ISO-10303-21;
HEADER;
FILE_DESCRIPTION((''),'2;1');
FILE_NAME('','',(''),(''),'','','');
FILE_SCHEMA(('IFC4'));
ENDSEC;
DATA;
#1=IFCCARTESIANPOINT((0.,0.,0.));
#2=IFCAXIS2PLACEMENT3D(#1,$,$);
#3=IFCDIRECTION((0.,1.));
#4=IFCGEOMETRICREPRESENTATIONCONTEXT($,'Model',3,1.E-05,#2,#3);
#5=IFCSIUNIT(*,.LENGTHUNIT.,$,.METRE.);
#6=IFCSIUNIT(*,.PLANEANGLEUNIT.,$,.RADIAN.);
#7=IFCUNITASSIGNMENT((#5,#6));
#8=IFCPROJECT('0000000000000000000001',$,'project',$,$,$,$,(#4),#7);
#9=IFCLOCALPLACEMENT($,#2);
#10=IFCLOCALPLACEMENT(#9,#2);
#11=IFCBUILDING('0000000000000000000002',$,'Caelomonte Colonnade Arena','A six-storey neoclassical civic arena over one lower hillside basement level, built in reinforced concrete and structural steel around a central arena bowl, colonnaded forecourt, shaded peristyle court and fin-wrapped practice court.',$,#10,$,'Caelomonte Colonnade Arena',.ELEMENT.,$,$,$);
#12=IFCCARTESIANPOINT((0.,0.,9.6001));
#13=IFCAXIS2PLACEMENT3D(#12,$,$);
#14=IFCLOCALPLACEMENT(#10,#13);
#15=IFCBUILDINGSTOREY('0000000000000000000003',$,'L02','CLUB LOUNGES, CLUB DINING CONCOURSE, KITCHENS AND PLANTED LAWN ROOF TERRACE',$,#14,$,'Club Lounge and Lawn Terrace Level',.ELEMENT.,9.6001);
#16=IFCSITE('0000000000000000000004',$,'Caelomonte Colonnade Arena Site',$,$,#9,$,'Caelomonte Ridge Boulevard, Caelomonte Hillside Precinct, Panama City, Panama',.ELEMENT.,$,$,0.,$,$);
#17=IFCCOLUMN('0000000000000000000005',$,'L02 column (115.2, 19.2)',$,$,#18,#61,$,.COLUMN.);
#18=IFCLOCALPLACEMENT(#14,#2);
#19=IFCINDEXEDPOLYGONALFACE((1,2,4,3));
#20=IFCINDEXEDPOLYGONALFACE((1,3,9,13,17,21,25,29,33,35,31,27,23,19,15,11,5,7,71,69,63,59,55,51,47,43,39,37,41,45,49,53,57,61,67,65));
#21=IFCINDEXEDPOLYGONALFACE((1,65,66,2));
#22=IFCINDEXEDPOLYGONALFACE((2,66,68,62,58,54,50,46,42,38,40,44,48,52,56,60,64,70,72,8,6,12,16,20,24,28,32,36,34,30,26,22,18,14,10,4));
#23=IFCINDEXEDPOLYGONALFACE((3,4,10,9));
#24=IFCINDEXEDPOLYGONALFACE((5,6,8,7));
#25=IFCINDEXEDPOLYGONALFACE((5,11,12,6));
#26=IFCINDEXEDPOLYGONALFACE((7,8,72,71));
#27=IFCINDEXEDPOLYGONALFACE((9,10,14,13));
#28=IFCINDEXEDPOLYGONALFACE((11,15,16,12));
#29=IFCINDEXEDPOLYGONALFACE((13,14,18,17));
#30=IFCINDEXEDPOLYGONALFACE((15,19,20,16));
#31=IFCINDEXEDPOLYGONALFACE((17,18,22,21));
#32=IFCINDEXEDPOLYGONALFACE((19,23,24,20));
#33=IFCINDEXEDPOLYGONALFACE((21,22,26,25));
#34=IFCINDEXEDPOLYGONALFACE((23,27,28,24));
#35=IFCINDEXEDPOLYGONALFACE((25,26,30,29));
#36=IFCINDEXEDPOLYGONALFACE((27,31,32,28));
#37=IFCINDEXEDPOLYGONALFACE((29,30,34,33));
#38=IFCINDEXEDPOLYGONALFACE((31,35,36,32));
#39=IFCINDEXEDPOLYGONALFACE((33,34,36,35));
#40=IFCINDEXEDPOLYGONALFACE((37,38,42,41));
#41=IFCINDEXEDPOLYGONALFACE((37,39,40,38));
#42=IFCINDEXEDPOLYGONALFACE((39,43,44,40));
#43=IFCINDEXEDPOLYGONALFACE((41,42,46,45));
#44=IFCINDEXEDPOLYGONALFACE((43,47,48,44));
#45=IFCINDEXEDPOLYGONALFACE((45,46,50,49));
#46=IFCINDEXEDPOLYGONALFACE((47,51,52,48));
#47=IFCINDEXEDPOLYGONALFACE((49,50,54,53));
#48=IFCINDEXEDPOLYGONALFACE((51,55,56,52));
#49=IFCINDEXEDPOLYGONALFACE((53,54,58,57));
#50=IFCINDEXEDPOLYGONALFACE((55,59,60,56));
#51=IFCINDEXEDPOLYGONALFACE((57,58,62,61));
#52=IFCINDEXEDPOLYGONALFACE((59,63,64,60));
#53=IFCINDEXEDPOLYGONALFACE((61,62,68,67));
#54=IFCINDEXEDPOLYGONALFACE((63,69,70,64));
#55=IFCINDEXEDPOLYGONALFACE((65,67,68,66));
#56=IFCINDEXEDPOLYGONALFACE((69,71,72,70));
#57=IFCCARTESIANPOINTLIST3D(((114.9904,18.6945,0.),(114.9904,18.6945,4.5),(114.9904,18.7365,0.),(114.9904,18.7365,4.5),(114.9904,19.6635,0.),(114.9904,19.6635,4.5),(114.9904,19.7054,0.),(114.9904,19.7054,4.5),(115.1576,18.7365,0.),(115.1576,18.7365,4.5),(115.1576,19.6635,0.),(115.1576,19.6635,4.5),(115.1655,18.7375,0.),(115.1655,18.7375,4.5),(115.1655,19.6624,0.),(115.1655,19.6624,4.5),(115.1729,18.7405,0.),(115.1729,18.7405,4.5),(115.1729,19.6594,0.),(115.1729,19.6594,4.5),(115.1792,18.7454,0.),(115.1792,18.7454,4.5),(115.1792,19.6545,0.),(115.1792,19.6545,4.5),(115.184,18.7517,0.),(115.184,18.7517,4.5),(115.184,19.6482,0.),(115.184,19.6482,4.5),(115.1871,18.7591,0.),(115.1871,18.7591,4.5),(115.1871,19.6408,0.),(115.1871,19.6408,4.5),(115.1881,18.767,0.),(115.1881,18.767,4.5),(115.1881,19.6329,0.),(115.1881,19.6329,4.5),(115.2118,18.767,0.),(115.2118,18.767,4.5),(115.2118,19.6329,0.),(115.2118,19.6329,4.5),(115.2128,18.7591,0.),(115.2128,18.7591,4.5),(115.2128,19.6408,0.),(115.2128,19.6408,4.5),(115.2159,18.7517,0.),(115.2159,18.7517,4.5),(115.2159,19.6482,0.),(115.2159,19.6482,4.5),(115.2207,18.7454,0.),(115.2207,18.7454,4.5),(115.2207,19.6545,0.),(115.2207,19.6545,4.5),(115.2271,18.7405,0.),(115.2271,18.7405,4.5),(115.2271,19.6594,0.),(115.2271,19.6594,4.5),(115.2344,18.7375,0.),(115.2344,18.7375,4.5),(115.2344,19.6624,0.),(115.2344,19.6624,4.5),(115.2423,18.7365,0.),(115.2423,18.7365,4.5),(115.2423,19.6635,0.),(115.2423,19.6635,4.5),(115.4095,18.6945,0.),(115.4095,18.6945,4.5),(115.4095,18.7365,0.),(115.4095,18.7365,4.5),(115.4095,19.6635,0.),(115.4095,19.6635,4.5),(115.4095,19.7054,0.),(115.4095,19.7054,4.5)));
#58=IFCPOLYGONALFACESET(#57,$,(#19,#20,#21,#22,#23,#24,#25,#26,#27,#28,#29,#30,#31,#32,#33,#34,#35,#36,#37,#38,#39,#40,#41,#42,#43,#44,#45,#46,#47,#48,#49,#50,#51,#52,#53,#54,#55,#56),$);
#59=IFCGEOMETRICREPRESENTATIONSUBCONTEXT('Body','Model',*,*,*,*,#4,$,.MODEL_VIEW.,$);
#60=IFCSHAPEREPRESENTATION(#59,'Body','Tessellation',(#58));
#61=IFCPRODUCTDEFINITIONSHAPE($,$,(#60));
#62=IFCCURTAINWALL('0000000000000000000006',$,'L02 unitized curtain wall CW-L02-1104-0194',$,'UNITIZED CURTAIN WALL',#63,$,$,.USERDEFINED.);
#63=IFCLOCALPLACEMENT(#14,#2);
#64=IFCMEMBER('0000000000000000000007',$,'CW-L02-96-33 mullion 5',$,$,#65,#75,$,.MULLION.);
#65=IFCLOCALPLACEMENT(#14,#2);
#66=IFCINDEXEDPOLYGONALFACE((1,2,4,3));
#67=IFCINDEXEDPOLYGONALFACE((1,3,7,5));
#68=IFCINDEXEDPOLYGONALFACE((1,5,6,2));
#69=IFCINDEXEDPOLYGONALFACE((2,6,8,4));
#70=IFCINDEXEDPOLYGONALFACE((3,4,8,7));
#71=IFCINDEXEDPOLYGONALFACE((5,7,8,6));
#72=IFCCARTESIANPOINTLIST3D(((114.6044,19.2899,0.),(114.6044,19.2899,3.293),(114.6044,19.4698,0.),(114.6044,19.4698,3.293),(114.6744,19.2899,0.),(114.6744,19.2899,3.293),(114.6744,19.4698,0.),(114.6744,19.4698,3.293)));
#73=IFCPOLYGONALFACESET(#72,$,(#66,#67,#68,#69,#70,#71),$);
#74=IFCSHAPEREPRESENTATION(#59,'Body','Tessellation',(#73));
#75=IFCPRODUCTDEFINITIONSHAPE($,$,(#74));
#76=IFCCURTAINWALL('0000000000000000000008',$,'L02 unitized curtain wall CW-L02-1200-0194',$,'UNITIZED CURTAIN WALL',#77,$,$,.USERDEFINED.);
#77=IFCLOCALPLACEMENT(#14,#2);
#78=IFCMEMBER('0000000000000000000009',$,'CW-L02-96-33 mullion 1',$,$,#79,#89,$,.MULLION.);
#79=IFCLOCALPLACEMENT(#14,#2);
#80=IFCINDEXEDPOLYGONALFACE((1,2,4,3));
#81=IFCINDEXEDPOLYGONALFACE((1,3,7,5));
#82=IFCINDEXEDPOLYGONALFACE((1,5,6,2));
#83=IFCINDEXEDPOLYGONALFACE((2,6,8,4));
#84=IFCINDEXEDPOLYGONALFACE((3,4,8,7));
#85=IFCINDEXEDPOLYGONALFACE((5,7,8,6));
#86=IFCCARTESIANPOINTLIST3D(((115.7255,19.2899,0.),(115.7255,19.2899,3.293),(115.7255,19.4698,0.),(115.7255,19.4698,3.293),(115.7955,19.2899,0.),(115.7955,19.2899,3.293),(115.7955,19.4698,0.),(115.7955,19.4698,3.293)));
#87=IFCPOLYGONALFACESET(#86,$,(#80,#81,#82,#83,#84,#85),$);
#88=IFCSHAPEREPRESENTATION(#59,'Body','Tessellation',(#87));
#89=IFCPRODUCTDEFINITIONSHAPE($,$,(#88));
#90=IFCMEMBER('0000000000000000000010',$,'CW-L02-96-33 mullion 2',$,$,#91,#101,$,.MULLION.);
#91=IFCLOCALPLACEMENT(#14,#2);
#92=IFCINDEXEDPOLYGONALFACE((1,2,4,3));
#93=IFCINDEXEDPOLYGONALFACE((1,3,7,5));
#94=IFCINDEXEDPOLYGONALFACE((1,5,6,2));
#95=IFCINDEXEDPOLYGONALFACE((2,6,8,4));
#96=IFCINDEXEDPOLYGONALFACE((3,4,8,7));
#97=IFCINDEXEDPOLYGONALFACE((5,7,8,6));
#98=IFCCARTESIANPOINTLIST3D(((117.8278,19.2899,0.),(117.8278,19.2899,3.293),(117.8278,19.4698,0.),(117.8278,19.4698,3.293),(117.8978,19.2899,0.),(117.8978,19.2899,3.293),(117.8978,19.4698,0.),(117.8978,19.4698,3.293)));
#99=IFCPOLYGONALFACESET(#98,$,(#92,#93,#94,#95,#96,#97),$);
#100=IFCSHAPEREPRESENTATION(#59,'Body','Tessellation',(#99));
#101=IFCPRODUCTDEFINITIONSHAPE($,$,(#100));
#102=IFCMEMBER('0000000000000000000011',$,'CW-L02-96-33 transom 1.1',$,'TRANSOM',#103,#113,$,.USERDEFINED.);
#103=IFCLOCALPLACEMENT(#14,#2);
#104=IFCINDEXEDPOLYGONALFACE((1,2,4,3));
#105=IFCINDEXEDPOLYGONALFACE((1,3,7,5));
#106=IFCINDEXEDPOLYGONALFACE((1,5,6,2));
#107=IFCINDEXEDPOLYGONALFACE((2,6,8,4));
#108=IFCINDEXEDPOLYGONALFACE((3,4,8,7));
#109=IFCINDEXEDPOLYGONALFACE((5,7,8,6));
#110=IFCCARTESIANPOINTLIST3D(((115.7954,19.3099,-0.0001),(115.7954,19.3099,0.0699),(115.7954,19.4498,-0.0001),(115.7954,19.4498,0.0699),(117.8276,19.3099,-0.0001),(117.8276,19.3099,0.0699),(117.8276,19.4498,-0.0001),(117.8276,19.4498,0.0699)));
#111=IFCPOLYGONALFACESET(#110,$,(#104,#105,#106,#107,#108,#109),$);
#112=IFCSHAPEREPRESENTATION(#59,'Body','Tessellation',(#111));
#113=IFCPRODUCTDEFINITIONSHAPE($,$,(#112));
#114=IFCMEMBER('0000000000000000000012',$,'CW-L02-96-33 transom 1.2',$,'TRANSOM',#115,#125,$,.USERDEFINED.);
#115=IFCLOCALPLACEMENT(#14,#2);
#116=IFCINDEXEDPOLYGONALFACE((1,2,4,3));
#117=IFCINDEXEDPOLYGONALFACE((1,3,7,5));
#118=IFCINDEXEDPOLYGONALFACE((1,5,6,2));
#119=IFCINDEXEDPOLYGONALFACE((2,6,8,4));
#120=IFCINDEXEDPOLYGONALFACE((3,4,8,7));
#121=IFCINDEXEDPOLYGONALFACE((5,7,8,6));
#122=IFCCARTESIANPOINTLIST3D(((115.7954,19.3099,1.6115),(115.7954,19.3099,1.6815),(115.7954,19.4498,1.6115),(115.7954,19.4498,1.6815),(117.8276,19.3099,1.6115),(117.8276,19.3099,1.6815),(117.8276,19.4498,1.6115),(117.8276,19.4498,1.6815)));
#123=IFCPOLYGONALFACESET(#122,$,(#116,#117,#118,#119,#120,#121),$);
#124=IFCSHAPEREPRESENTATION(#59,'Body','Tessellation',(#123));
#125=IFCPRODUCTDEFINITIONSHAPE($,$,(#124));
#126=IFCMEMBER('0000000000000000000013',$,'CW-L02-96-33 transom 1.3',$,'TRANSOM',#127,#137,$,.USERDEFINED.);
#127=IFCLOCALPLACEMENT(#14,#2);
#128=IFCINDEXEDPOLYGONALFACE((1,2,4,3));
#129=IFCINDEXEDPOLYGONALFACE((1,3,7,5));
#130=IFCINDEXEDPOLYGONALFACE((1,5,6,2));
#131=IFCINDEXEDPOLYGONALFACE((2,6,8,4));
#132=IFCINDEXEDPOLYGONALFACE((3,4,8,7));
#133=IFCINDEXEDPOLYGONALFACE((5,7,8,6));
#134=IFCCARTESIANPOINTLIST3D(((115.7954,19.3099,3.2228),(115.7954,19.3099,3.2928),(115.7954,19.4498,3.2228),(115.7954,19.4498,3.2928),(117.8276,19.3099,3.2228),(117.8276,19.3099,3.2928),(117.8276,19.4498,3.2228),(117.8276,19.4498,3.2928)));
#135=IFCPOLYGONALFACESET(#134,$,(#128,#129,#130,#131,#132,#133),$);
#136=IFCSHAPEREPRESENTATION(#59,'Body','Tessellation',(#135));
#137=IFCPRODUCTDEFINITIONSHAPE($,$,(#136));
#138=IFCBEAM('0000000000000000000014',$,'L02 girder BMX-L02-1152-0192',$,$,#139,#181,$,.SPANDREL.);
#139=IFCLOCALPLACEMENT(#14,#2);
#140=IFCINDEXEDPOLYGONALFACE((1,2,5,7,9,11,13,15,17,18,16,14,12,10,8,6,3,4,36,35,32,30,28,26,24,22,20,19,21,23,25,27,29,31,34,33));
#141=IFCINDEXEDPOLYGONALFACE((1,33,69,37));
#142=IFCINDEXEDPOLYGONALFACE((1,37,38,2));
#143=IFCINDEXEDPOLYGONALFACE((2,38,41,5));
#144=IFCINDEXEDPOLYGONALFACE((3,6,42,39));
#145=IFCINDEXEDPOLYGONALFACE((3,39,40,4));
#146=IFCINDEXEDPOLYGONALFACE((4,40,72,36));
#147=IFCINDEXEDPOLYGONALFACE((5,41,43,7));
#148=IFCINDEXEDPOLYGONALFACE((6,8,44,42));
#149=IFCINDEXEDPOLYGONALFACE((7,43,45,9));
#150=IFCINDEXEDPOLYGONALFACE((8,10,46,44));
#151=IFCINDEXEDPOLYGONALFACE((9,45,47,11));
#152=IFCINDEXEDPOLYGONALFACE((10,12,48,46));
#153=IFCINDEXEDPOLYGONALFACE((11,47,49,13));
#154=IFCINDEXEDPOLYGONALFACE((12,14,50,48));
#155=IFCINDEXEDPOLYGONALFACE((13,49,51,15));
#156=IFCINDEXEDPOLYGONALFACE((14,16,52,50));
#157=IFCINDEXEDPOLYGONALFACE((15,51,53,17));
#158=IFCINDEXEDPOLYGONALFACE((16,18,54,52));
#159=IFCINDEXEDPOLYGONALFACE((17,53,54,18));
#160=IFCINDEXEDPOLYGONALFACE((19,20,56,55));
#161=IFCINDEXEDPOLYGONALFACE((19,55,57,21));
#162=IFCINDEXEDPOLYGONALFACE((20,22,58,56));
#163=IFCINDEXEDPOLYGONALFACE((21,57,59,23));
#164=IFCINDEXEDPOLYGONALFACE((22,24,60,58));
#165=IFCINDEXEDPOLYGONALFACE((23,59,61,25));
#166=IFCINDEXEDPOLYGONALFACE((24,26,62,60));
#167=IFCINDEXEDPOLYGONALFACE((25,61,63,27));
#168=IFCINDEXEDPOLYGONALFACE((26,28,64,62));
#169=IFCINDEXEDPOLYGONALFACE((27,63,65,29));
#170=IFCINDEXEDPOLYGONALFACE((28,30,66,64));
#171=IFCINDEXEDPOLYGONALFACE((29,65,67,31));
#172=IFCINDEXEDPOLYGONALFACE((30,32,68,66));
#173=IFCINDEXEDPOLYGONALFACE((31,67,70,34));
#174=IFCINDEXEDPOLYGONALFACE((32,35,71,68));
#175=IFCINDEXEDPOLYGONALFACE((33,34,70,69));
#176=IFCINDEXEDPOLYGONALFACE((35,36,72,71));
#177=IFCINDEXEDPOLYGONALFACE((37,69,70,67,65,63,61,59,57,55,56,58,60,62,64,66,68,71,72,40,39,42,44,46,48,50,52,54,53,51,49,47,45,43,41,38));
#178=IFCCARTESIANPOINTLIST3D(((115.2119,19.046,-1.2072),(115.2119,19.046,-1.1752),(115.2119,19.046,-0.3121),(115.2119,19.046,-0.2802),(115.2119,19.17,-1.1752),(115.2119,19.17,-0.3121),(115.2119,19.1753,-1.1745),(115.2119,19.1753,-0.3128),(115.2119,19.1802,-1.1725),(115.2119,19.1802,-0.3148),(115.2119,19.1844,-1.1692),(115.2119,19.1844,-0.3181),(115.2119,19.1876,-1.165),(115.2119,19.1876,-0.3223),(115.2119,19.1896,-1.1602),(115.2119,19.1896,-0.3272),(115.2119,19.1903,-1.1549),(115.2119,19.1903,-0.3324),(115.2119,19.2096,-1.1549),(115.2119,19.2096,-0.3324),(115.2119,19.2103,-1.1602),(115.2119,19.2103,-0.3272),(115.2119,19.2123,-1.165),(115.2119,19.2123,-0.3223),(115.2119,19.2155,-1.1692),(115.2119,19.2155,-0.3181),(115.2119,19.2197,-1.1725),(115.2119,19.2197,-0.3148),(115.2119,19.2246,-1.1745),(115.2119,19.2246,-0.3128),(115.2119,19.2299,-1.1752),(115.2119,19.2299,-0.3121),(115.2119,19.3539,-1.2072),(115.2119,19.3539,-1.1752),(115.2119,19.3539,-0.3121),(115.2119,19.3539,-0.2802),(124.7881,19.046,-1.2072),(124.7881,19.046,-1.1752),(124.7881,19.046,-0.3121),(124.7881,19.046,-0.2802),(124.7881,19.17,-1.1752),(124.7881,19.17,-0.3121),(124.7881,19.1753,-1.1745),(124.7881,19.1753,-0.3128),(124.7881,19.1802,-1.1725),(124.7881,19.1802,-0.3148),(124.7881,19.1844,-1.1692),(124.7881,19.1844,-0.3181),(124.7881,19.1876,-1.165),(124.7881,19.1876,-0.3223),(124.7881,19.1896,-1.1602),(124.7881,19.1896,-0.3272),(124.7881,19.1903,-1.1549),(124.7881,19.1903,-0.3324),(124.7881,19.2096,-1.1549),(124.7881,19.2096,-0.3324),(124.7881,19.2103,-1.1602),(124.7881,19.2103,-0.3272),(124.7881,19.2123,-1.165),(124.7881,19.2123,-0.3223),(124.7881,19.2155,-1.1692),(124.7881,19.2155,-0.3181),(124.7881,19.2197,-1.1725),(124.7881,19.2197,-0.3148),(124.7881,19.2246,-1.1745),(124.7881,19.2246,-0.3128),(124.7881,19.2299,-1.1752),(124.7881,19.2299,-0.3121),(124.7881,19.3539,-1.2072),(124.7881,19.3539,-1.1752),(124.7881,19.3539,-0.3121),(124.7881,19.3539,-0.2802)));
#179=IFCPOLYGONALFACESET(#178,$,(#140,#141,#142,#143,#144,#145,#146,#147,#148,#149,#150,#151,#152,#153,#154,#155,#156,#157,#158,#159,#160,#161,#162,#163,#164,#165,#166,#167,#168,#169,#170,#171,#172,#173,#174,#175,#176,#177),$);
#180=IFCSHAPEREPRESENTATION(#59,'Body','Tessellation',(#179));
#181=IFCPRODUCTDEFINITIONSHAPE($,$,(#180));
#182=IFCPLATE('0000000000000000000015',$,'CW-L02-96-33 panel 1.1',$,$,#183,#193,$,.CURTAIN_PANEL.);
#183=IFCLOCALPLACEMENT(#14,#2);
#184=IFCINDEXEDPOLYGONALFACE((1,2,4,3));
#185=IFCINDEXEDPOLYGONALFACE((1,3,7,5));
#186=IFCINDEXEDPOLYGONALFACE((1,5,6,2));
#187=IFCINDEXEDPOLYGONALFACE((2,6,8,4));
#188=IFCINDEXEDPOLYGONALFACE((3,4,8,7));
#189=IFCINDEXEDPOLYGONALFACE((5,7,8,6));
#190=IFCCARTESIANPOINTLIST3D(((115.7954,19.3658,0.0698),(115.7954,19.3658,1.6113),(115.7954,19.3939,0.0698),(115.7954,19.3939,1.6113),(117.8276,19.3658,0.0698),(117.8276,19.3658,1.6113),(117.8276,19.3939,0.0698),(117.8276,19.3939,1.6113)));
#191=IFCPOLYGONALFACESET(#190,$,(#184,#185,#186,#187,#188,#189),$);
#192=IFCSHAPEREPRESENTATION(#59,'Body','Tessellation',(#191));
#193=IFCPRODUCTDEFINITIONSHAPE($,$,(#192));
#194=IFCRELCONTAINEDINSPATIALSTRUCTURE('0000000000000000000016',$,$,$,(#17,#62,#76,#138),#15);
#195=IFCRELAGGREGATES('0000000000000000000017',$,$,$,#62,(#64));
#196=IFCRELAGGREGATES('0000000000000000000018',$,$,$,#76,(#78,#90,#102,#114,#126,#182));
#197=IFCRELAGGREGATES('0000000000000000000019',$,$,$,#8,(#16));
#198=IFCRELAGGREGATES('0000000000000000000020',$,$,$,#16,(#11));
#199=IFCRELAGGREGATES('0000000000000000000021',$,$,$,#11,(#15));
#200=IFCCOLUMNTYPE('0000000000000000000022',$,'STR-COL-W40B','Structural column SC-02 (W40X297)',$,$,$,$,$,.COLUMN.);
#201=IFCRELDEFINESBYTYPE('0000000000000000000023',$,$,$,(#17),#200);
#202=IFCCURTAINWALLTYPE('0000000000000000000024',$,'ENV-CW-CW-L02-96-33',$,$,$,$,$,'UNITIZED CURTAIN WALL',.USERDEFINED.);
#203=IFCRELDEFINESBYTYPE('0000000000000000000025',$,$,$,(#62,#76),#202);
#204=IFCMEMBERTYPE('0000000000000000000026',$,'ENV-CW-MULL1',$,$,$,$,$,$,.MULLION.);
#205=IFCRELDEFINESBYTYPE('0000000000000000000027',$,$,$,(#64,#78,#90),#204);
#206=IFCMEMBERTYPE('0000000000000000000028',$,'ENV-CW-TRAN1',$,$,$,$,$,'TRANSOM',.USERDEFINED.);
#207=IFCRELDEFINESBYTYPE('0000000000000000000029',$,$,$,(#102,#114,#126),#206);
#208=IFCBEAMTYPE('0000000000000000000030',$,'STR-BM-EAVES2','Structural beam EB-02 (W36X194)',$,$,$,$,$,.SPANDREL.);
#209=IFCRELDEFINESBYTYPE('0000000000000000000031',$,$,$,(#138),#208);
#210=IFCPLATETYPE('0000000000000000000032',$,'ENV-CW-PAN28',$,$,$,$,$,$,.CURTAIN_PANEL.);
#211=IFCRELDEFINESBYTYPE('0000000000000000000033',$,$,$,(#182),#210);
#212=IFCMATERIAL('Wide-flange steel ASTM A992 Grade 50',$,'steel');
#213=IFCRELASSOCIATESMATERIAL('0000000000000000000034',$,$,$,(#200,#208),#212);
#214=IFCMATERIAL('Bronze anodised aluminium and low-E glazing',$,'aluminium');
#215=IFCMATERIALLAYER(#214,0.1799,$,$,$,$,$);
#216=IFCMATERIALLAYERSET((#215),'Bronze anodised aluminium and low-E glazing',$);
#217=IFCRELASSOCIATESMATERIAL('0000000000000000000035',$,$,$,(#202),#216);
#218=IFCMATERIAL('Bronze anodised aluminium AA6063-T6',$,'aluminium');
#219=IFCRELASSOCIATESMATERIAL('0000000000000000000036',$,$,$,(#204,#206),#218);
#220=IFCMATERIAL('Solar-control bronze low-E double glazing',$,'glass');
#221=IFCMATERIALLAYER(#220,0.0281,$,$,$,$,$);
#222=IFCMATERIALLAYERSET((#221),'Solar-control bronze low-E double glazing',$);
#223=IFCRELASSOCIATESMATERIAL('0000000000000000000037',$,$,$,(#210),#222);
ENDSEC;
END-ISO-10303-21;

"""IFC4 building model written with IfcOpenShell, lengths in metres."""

from ifc_helpers import new_model, si_unit, direction, frame, origin, origin_2d, place, context, subcontext, project, spatial, rectangle, i_section, extrude, material, layer, layer_set, material_profile, profile_set, type_object, element, aggregate, save


model = new_model("IFC4")

# Units and contexts
model_context = context("Model", 3, precision=1e-05, world=origin(), true_north=direction((0.0, 1.0)))
body_context = subcontext(model_context, "Body", "Model", "MODEL_VIEW")
ifc_project = project(units=[si_unit("LENGTHUNIT", "METRE"), si_unit("PLANEANGLEUNIT", "RADIAN")], contexts=[model_context])

# Site, building, storey
site_placement = place(None, origin())
site = spatial("IfcSite", under=ifc_project, at=site_placement, Name="Caelomonte Colonnade Arena Site", LongName="Caelomonte Ridge Boulevard, Caelomonte Hillside Precinct, Panama City, Panama", CompositionType="ELEMENT", RefElevation=0.0)
building_placement = place(site_placement, origin())
building = spatial("IfcBuilding", under=site, at=building_placement, Name="Caelomonte Colonnade Arena", Description="A six-storey neoclassical civic arena over one lower hillside basement level, built in reinforced concrete and structural steel around a central arena bowl, colonnaded forecourt, shaded peristyle court and fin-wrapped practice court.", LongName="Caelomonte Colonnade Arena", CompositionType="ELEMENT")
storey_placement = place(building_placement, frame((0.0, 0.0, 9.6001)))
storey = spatial("IfcBuildingStorey", under=building, at=storey_placement, Name="L02", Description="CLUB LOUNGES, CLUB DINING CONCOURSE, KITCHENS AND PLANTED LAWN ROOF TERRACE", LongName="Club Lounge and Lawn Terrace Level", CompositionType="ELEMENT", Elevation=9.6001)

# Column
ifc_material_1 = material(Name="Wide-flange steel ASTM A992 Grade 50", Category="steel")
ifc_material_profile_1 = material_profile(ifc_material_1, i_section(OverallWidth=0.4192, OverallDepth=1.011, WebThickness=0.0237, FlangeThickness=0.042, FilletRadius=0.0305, at=origin_2d()), Name="W40X297")
ifc_profile_set_1 = profile_set([ifc_material_profile_1], Name="Wide-flange steel ASTM A992 Grade 50")
column_type = type_object("IfcColumnType", Name="STR-COL-W40B", Description="Structural column SC-02 (W40X297)", PredefinedType="COLUMN", material=ifc_profile_set_1)
column_placement = place(storey_placement, frame((115.2, 19.2, 0.0), z_axis=(0.0, 0.0, 1.0), x_axis=(1.0, 0.0, 0.0)))
element("IfcColumn", 1, at=column_placement, inside=storey, type_object=column_type, Name="L02 column (115.2, 19.2)", PredefinedType="COLUMN", context=body_context, shape_type="SweptSolid", body=[
    extrude(i_section(OverallWidth=0.4192, OverallDepth=1.011, WebThickness=0.0237, FlangeThickness=0.042, FilletRadius=0.0305, at=origin_2d()), origin(), (0.0, 0.0, 1.0), 4.5),
])

# Curtain wall, member
ifc_material_2 = material(Name="Bronze anodised aluminium and low-E glazing", Category="aluminium")
ifc_layer_1 = layer(ifc_material_2, 0.1799)
ifc_layer_set_1 = layer_set([ifc_layer_1], Name="Bronze anodised aluminium and low-E glazing")
curtain_wall_type = type_object("IfcCurtainWallType", Name="ENV-CW-CW-L02-96-33", ElementType="UNITIZED CURTAIN WALL", PredefinedType="USERDEFINED", material=ifc_layer_set_1)
curtain_wall_1_placement = place(storey_placement, origin())
curtain_wall_1 = element("IfcCurtainWall", 2, at=curtain_wall_1_placement, inside=storey, type_object=curtain_wall_type, Name="L02 unitized curtain wall CW-L02-1104-0194", ObjectType="UNITIZED CURTAIN WALL", PredefinedType="USERDEFINED")
ifc_material_3 = material(Name="Bronze anodised aluminium AA6063-T6", Category="aluminium")
ifc_material_profile_2 = material_profile(ifc_material_3, rectangle(XDim=0.0701, YDim=0.1799, at=origin_2d()), Name="CWM-70X180")
ifc_profile_set_2 = profile_set([ifc_material_profile_2], Name="Bronze anodised aluminium AA6063-T6")
member_type_1 = type_object("IfcMemberType", Name="ENV-CW-MULL1", PredefinedType="MULLION", material=ifc_profile_set_2)
member_1_placement = place(storey_placement, frame((114.6394, 19.3799, 0.0), z_axis=(0.0, 0.0, 1.0), x_axis=(1.0, 0.0, 0.0)))
member_1 = element("IfcMember", 3, at=member_1_placement, type_object=member_type_1, Name="CW-L02-96-33 mullion 5", PredefinedType="MULLION", context=body_context, shape_type="SweptSolid", body=[
    extrude(rectangle(XDim=0.0701, YDim=0.1799, at=origin_2d()), origin(), (0.0, 0.0, 1.0), 3.293),
])
aggregate(curtain_wall_1, [member_1])

# Curtain wall, members
curtain_wall_2_placement = place(storey_placement, origin())
curtain_wall_2 = element("IfcCurtainWall", 4, at=curtain_wall_2_placement, inside=storey, type_object=curtain_wall_type, Name="L02 unitized curtain wall CW-L02-1200-0194", ObjectType="UNITIZED CURTAIN WALL", PredefinedType="USERDEFINED")
member_2_placement = place(storey_placement, frame((115.7605, 19.3799, 0.0), z_axis=(0.0, 0.0, 1.0), x_axis=(1.0, 0.0, 0.0)))
member_2 = element("IfcMember", 5, at=member_2_placement, type_object=member_type_1, Name="CW-L02-96-33 mullion 1", PredefinedType="MULLION", context=body_context, shape_type="SweptSolid", body=[
    extrude(rectangle(XDim=0.0701, YDim=0.1799, at=origin_2d()), origin(), (0.0, 0.0, 1.0), 3.293),
])
member_3_placement = place(storey_placement, frame((117.8628, 19.3799, 0.0), z_axis=(0.0, 0.0, 1.0), x_axis=(1.0, 0.0, 0.0)))
member_3 = element("IfcMember", 6, at=member_3_placement, type_object=member_type_1, Name="CW-L02-96-33 mullion 2", PredefinedType="MULLION", context=body_context, shape_type="SweptSolid", body=[
    extrude(rectangle(XDim=0.0701, YDim=0.1799, at=origin_2d()), origin(), (0.0, 0.0, 1.0), 3.293),
])
ifc_material_profile_3 = material_profile(ifc_material_3, rectangle(XDim=0.0701, YDim=0.1399, at=origin_2d()), Name="CWT-70X140")
ifc_profile_set_3 = profile_set([ifc_material_profile_3], Name="Bronze anodised aluminium AA6063-T6")
member_type_2 = type_object("IfcMemberType", Name="ENV-CW-TRAN1", ElementType="TRANSOM", PredefinedType="USERDEFINED", material=ifc_profile_set_3)
member_4_placement = place(storey_placement, frame((115.7954, 19.3799, 0.0349), z_axis=(1.0, 0.0, 0.0), x_axis=(0.0, 0.0, 1.0)))
member_4 = element("IfcMember", 7, at=member_4_placement, type_object=member_type_2, Name="CW-L02-96-33 transom 1.1", ObjectType="TRANSOM", PredefinedType="USERDEFINED", context=body_context, shape_type="SweptSolid", body=[
    extrude(rectangle(XDim=0.0701, YDim=0.1399, at=origin_2d()), origin(), (0.0, 0.0, 1.0), 2.0322),
])
member_5_placement = place(storey_placement, frame((115.7954, 19.3799, 1.6465), z_axis=(1.0, 0.0, 0.0), x_axis=(0.0, 0.0, 1.0)))
member_5 = element("IfcMember", 8, at=member_5_placement, type_object=member_type_2, Name="CW-L02-96-33 transom 1.2", ObjectType="TRANSOM", PredefinedType="USERDEFINED", context=body_context, shape_type="SweptSolid", body=[
    extrude(rectangle(XDim=0.0701, YDim=0.1399, at=origin_2d()), origin(), (0.0, 0.0, 1.0), 2.0322),
])
member_6_placement = place(storey_placement, frame((115.7954, 19.3799, 3.2578), z_axis=(1.0, 0.0, 0.0), x_axis=(0.0, 0.0, 1.0)))
member_6 = element("IfcMember", 9, at=member_6_placement, type_object=member_type_2, Name="CW-L02-96-33 transom 1.3", ObjectType="TRANSOM", PredefinedType="USERDEFINED", context=body_context, shape_type="SweptSolid", body=[
    extrude(rectangle(XDim=0.0701, YDim=0.1399, at=origin_2d()), origin(), (0.0, 0.0, 1.0), 2.0322),
])

# Beam
ifc_material_profile_4 = material_profile(ifc_material_1, i_section(OverallWidth=0.3079, OverallDepth=0.927, WebThickness=0.0193, FlangeThickness=0.032, FilletRadius=0.0203, at=origin_2d()), Name="W36X194")
ifc_profile_set_4 = profile_set([ifc_material_profile_4], Name="Wide-flange steel ASTM A992 Grade 50")
beam_type = type_object("IfcBeamType", Name="STR-BM-EAVES2", Description="Structural beam EB-02 (W36X194)", PredefinedType="SPANDREL", material=ifc_profile_set_4)
beam_placement = place(storey_placement, frame((115.2119, 19.2, -0.7437), z_axis=(1.0, 0.0, 0.0), x_axis=(0.0, 1.0, 0.0)))
element("IfcBeam", 10, at=beam_placement, inside=storey, type_object=beam_type, Name="L02 girder BMX-L02-1152-0192", PredefinedType="SPANDREL", context=body_context, shape_type="SweptSolid", body=[
    extrude(i_section(OverallWidth=0.3079, OverallDepth=0.927, WebThickness=0.0193, FlangeThickness=0.032, FilletRadius=0.0203, at=origin_2d()), origin(), (0.0, 0.0, 1.0), 9.5762),
])

# Plate
ifc_material_4 = material(Name="Solar-control bronze low-E double glazing", Category="glass")
ifc_layer_2 = layer(ifc_material_4, 0.0281)
ifc_layer_set_2 = layer_set([ifc_layer_2], Name="Solar-control bronze low-E double glazing")
plate_type = type_object("IfcPlateType", Name="ENV-CW-PAN28", PredefinedType="CURTAIN_PANEL", material=ifc_layer_set_2)
plate_1_placement = place(storey_placement, frame((116.8115, 19.3799, 0.0698), z_axis=(0.0, 0.0, 1.0), x_axis=(1.0, 0.0, 0.0)))
plate_1 = element("IfcPlate", 11, at=plate_1_placement, type_object=plate_type, Name="CW-L02-96-33 panel 1.1", PredefinedType="CURTAIN_PANEL", context=body_context, shape_type="SweptSolid", body=[
    extrude(rectangle(XDim=2.0322, YDim=0.0281, at=origin_2d()), origin(), (0.0, 0.0, 1.0), 1.5415),
])
aggregate(curtain_wall_2, [member_2, member_3, member_4, member_5, member_6, plate_1])

save(model, "model.ifc")
